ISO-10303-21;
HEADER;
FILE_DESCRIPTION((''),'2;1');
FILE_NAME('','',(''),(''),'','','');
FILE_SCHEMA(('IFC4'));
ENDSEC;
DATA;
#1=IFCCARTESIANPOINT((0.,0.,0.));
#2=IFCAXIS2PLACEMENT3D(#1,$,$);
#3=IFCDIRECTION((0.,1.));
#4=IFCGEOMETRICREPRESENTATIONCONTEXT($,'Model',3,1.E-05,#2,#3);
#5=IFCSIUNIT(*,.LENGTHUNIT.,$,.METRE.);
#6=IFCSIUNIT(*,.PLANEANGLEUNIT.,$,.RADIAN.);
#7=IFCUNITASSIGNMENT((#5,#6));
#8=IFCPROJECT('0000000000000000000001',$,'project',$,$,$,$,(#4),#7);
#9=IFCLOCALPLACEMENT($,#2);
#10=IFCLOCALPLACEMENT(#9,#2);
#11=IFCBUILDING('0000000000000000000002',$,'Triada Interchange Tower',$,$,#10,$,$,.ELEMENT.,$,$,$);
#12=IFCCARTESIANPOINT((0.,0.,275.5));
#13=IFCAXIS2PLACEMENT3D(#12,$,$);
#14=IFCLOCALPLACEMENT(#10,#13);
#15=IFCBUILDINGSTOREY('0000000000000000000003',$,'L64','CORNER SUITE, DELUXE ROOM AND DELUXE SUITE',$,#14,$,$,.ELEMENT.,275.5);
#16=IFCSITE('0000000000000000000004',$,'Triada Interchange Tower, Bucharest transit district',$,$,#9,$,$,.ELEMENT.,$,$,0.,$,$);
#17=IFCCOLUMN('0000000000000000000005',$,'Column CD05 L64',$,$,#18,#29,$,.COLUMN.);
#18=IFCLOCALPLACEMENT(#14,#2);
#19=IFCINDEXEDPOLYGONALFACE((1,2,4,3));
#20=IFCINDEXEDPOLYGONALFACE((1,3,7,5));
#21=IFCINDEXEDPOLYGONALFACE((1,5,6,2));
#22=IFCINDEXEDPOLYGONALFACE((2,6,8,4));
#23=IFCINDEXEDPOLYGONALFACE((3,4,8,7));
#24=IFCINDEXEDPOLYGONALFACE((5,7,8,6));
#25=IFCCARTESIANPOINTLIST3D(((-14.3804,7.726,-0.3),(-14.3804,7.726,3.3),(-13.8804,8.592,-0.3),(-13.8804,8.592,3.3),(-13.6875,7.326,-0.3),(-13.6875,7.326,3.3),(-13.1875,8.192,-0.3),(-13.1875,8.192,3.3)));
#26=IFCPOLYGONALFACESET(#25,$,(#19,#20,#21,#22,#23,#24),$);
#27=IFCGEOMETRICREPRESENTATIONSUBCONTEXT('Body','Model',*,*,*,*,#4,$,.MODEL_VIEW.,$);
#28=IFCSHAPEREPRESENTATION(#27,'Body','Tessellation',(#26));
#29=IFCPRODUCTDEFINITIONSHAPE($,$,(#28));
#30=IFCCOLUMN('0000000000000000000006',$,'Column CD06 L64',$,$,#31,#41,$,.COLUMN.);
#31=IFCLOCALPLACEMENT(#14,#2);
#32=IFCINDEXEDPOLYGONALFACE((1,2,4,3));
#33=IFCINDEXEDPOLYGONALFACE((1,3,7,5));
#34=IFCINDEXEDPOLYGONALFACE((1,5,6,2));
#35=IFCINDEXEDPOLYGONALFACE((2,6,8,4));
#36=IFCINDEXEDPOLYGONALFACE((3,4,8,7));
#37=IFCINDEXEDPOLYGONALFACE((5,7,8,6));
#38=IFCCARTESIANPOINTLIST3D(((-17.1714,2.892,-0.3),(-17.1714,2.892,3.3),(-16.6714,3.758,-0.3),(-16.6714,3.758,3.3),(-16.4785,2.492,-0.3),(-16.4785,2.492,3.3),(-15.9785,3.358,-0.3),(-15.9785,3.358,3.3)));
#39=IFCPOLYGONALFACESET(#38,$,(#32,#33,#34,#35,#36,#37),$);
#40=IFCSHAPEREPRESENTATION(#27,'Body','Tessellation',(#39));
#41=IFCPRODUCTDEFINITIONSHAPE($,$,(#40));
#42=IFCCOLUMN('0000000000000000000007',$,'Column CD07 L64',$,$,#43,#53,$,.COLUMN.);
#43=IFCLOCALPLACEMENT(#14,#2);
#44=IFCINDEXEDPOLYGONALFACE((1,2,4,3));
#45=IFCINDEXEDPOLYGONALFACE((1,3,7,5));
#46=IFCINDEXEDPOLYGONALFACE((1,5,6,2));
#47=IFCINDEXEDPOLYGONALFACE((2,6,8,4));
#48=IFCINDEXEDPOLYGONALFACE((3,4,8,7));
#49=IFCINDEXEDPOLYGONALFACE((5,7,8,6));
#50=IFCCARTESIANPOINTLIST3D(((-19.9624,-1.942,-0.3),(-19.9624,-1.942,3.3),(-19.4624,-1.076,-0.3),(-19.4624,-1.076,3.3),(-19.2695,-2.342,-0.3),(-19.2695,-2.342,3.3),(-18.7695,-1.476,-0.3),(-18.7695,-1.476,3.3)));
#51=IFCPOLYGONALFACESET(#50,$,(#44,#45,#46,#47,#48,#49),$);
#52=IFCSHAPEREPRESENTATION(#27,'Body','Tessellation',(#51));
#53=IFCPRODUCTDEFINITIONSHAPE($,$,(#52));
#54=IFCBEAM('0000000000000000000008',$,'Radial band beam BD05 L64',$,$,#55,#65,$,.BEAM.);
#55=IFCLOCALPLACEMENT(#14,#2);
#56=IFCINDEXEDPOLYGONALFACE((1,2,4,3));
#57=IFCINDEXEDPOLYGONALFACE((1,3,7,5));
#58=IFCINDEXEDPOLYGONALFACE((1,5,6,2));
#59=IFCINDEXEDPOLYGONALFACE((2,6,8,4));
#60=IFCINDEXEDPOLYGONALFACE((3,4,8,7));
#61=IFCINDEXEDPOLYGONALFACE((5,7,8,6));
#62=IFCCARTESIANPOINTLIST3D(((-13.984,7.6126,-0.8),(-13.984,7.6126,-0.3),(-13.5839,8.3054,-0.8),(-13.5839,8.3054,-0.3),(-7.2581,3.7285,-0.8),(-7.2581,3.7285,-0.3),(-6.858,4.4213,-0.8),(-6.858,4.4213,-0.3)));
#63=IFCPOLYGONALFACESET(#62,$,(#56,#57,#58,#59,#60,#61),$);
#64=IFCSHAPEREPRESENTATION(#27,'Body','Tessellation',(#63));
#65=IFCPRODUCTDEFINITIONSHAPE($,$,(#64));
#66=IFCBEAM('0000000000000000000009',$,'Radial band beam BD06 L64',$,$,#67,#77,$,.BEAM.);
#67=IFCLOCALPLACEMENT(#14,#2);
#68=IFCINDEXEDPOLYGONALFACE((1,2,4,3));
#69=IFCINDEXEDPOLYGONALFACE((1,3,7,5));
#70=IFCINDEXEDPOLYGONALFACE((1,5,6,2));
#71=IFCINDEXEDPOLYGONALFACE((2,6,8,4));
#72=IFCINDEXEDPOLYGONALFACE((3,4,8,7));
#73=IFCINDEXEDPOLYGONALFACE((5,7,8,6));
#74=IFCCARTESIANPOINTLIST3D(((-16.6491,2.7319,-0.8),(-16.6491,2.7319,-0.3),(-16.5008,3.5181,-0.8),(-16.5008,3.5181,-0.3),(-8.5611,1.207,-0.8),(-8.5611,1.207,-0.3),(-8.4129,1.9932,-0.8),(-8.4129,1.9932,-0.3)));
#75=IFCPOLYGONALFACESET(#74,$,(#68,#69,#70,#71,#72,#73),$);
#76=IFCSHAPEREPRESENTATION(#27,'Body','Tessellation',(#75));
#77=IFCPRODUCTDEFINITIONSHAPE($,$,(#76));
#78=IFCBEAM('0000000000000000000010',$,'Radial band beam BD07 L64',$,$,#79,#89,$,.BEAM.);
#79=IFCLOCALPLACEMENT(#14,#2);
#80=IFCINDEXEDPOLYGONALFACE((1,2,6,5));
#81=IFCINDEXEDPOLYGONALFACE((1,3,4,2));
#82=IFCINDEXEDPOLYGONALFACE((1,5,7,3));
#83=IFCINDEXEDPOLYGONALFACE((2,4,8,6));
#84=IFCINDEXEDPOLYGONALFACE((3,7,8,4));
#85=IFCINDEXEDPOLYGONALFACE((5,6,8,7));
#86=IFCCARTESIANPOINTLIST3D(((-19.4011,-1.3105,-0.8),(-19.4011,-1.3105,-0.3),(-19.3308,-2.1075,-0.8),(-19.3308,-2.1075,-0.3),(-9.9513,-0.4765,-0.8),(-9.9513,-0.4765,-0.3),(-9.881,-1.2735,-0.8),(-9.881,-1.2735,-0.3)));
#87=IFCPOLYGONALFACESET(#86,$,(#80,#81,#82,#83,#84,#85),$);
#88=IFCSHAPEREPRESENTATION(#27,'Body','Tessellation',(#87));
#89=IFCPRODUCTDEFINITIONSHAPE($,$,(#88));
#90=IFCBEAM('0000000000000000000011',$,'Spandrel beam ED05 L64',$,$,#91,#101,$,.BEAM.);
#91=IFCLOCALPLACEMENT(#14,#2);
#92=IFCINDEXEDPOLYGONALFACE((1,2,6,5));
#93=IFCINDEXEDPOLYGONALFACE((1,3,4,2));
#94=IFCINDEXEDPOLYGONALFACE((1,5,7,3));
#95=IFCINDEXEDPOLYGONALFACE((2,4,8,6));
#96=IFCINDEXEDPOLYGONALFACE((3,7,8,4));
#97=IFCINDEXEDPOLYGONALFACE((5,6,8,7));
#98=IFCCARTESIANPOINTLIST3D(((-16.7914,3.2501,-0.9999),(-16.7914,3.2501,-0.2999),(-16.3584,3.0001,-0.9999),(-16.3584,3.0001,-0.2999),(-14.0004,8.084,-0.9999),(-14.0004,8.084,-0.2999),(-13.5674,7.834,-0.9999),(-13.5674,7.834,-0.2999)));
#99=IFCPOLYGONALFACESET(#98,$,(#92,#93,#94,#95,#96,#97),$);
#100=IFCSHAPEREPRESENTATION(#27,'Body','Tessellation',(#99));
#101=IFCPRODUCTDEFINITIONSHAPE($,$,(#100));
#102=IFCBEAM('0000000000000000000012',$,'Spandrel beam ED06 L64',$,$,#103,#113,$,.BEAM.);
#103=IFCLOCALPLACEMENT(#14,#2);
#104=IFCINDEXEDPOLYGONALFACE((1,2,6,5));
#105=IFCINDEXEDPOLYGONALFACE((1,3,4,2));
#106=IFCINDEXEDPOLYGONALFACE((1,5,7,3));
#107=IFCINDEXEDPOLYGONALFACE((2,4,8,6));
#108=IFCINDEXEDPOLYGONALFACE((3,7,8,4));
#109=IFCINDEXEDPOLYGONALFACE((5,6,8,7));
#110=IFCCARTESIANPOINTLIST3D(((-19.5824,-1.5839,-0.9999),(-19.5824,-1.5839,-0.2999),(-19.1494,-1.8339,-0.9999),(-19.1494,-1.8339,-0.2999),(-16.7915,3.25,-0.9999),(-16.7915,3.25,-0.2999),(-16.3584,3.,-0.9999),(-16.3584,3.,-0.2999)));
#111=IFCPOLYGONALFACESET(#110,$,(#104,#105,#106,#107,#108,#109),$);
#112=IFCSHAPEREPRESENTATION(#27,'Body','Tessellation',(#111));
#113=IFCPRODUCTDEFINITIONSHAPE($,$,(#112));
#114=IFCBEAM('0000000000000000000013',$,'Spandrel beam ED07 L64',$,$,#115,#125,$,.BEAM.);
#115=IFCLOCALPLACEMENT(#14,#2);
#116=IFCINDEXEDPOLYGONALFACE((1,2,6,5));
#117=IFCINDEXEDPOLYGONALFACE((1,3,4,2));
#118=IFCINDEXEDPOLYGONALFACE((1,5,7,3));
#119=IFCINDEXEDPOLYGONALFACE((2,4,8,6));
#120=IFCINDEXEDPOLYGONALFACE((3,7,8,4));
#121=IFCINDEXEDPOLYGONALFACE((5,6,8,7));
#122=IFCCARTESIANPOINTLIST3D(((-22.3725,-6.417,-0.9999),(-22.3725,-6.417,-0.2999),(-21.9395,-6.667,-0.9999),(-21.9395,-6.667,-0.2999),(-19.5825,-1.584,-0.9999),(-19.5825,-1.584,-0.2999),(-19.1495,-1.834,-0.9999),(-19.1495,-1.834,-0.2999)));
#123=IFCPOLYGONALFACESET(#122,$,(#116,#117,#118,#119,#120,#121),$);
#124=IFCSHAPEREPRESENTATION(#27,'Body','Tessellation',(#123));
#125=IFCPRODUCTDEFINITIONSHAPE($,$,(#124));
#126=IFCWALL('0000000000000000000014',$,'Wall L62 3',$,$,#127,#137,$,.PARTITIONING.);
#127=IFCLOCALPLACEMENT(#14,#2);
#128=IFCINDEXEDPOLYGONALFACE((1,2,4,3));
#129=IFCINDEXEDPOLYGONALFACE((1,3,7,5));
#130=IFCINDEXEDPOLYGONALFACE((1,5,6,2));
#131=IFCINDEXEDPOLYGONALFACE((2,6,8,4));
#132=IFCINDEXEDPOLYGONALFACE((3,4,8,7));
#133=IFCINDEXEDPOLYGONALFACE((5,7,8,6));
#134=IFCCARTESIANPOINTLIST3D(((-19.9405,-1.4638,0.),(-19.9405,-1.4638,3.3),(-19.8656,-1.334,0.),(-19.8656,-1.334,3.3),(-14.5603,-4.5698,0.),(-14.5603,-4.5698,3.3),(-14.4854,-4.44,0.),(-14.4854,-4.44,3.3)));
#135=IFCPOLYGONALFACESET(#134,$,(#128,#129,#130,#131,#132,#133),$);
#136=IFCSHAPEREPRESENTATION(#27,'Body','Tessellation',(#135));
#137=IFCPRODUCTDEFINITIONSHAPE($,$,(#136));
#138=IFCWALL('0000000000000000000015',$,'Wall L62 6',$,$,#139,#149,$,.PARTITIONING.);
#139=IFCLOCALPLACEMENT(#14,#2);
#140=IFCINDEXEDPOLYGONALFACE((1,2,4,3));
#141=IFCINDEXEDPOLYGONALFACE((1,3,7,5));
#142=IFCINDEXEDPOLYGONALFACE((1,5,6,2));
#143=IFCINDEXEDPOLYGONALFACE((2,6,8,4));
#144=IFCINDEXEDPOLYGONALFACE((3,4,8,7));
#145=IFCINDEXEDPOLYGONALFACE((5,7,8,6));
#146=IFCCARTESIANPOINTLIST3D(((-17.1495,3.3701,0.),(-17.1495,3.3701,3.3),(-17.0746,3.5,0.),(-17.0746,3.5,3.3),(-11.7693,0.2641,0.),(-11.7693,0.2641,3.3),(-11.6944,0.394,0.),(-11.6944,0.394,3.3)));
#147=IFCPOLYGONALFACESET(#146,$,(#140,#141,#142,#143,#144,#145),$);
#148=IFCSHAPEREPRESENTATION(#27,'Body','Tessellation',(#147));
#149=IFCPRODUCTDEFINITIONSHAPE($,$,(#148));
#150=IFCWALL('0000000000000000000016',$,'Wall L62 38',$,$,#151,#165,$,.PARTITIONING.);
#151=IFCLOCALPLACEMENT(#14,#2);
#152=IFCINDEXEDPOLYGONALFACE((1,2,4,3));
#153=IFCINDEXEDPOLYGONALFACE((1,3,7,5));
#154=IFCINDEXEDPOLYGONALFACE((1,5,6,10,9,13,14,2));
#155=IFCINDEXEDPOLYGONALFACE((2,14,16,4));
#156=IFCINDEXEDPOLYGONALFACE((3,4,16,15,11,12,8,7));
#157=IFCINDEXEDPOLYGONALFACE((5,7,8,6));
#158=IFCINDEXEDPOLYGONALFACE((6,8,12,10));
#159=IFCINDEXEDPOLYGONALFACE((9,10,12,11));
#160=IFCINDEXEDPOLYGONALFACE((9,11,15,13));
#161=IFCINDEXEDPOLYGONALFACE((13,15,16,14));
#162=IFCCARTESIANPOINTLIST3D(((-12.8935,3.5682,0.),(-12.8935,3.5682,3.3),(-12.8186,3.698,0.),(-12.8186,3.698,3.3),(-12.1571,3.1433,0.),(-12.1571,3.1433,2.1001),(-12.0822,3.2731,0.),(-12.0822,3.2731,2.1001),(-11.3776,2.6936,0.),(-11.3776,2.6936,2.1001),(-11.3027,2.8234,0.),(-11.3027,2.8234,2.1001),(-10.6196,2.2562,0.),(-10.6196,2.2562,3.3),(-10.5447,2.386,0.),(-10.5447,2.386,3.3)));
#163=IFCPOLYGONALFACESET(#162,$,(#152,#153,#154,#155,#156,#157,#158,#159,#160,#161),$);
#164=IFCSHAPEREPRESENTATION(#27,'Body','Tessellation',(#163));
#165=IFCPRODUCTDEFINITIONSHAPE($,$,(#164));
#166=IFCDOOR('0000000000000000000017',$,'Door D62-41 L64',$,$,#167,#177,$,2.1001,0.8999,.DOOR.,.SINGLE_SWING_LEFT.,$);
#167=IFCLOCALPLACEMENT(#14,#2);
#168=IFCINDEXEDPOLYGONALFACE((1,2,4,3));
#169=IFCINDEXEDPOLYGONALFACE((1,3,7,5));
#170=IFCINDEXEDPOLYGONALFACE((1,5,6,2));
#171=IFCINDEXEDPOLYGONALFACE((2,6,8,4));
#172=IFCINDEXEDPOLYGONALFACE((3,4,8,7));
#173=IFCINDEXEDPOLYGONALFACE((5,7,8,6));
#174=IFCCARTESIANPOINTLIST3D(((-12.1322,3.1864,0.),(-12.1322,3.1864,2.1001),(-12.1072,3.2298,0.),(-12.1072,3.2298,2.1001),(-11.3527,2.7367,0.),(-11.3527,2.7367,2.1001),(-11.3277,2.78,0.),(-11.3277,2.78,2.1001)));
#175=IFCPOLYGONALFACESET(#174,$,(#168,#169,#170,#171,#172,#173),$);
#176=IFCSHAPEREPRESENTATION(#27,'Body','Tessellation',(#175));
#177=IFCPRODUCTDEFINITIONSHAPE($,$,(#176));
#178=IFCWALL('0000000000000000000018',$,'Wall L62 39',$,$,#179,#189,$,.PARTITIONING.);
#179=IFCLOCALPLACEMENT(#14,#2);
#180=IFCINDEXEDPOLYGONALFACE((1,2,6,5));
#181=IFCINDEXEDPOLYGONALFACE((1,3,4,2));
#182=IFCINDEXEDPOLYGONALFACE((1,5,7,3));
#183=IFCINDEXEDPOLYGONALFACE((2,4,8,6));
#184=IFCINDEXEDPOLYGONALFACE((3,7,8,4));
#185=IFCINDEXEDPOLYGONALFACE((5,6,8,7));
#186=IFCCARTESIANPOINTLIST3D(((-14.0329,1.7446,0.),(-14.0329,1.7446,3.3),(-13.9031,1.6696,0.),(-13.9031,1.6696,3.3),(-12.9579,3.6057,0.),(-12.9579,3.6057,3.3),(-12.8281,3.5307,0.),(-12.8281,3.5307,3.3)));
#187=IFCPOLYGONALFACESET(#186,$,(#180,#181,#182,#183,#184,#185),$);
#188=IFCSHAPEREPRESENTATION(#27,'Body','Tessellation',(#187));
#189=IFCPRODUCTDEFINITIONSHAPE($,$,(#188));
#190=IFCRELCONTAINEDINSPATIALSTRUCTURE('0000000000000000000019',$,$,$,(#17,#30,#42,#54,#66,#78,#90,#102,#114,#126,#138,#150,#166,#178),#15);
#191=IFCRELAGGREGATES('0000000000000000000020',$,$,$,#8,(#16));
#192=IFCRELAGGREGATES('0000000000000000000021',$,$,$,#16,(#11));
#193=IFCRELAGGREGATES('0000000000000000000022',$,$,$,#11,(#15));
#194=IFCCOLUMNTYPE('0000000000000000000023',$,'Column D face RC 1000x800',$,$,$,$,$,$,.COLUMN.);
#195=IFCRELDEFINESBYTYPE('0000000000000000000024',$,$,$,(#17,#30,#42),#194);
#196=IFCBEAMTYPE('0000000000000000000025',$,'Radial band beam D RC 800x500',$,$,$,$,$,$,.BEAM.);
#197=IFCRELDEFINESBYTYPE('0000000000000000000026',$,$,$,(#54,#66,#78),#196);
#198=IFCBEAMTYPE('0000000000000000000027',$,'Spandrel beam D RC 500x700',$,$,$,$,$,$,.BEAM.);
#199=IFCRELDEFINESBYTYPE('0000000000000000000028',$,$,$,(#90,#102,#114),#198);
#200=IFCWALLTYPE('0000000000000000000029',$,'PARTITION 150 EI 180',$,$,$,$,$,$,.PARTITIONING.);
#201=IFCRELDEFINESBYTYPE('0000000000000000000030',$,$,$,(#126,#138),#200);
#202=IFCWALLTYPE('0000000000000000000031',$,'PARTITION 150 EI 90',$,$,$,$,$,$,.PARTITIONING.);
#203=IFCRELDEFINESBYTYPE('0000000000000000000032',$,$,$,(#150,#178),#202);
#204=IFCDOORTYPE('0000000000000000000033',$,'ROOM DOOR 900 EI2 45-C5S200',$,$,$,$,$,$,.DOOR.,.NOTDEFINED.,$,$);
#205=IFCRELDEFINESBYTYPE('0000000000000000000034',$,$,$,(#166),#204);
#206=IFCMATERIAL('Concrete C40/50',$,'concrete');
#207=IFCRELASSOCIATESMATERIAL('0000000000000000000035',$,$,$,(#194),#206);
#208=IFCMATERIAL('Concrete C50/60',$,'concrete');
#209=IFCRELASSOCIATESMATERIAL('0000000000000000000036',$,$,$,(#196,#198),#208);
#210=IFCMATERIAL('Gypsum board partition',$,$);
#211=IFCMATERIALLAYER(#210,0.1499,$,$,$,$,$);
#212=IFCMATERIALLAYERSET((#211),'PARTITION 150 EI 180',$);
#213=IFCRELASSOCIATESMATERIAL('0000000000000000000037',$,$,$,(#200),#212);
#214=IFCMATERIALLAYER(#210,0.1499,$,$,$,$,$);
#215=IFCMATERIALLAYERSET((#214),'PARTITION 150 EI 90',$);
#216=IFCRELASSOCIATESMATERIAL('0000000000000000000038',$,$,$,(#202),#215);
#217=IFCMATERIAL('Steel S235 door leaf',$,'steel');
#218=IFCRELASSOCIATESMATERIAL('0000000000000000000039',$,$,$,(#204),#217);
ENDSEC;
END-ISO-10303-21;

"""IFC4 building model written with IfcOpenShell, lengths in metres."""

from ifc_helpers import new_model, si_unit, direction, frame, frame_2d, origin, origin_2d, place, context, subcontext, project, spatial, rectangle, extrude, material, layer, layer_set, material_profile, profile_set, type_object, element, fill, save


model = new_model("IFC4")

# Units and contexts
model_context = context("Model", 3, precision=1e-05, world=origin(), true_north=direction((0.0, 1.0)))
body_context = subcontext(model_context, "Body", "Model", "MODEL_VIEW")
ifc_project = project(units=[si_unit("LENGTHUNIT", "METRE"), si_unit("PLANEANGLEUNIT", "RADIAN")], contexts=[model_context])

# Site, building, storey
site_placement = place(None, origin())
site = spatial("IfcSite", under=ifc_project, at=site_placement, Name="Triada Interchange Tower, Bucharest transit district", CompositionType="ELEMENT", RefElevation=0.0)
building_placement = place(site_placement, origin())
building = spatial("IfcBuilding", under=site, at=building_placement, Name="Triada Interchange Tower", CompositionType="ELEMENT")
storey_placement = place(building_placement, frame((0.0, 0.0, 275.5)))
storey = spatial("IfcBuildingStorey", under=building, at=storey_placement, Name="L64", Description="CORNER SUITE, DELUXE ROOM AND DELUXE SUITE", CompositionType="ELEMENT", Elevation=275.5)

# Columns
ifc_material_1 = material(Name="Concrete C40/50", Category="concrete")
ifc_material_profile_1 = material_profile(ifc_material_1, rectangle(XDim=1.0, YDim=0.8, at=origin_2d()), Name="RC 1000x800")
ifc_profile_set_1 = profile_set([ifc_material_profile_1], Name="Concrete C40/50")
column_type = type_object("IfcColumnType", Name="Column D face RC 1000x800", PredefinedType="COLUMN", material=ifc_profile_set_1)
for number, where, z_axis, x_axis, name in (
    (1, (-13.7839, 7.959, -0.3), (0.0, 0.0, 1.0), (0.5, 0.866025, 0.0), "Column CD05 L64"),
    (2, (-16.575, 3.125, -0.3), (0.0, 0.0, 1.0), (0.5, 0.866025, 0.0), "Column CD06 L64"),
    (3, (-19.366, -1.709, -0.3), (0.0, 0.0, 1.0), (0.5, 0.866025, 0.0), "Column CD07 L64"),
):
    element("IfcColumn", number, at=place(storey_placement, frame(where, z_axis=z_axis, x_axis=x_axis)), inside=storey, type_object=column_type, Name=name, PredefinedType="COLUMN", context=body_context, shape_type="SweptSolid", body=[
        extrude(rectangle(XDim=1.0, YDim=0.8, at=origin_2d()), origin(), (0.0, 0.0, 1.0), 3.6001),
    ])

# Beams
ifc_material_2 = material(Name="Concrete C50/60", Category="concrete")
ifc_material_profile_2 = material_profile(ifc_material_2, rectangle(XDim=0.8, YDim=0.5, at=origin_2d()), Name="RC 800x500")
ifc_profile_set_2 = profile_set([ifc_material_profile_2], Name="Concrete C50/60")
beam_type_1 = type_object("IfcBeamType", Name="Radial band beam D RC 800x500", PredefinedType="BEAM", material=ifc_profile_set_2)
beam_1_placement = place(storey_placement, frame((-13.7839, 7.959, -0.55), z_axis=(0.865977, -0.500084, 0.0), x_axis=(0.500084, 0.865977, 0.0)))
element("IfcBeam", 4, at=beam_1_placement, inside=storey, type_object=beam_type_1, Name="Radial band beam BD05 L64", PredefinedType="BEAM", context=body_context, shape_type="SweptSolid", body=[
    extrude(rectangle(XDim=0.8, YDim=0.5, at=origin_2d()), origin(), (0.0, 0.0, 1.0), 7.7668),
])
beam_2_placement = place(storey_placement, frame((-16.575, 3.125, -0.55), z_axis=(0.982686, -0.185277, 0.0), x_axis=(0.185277, 0.982686, 0.0)))
element("IfcBeam", 5, at=beam_2_placement, inside=storey, type_object=beam_type_1, Name="Radial band beam BD06 L64", PredefinedType="BEAM", context=body_context, shape_type="SweptSolid", body=[
    extrude(rectangle(XDim=0.8, YDim=0.5, at=origin_2d()), origin(), (0.0, 0.0, 1.0), 8.2305),
])
beam_3_placement = place(storey_placement, frame((-19.366, -1.709, -0.55), z_axis=(0.996128, 0.087911, 0.0), x_axis=(-0.087911, 0.996128, 0.0)))
element("IfcBeam", 6, at=beam_3_placement, inside=storey, type_object=beam_type_1, Name="Radial band beam BD07 L64", PredefinedType="BEAM", context=body_context, shape_type="SweptSolid", body=[
    extrude(rectangle(XDim=0.8, YDim=0.5, at=origin_2d()), origin(), (0.0, 0.0, 1.0), 9.4866),
])
ifc_material_profile_3 = material_profile(ifc_material_2, rectangle(XDim=0.5, YDim=0.7, at=origin_2d()), Name="RC 500x700")
ifc_profile_set_3 = profile_set([ifc_material_profile_3], Name="Concrete C50/60")
beam_type_2 = type_object("IfcBeamType", Name="Spandrel beam D RC 500x700", PredefinedType="BEAM", material=ifc_profile_set_3)
for number, where, z_axis, x_axis, name in (
    (7, (-13.7839, 7.959, -0.6499), (-0.500015, -0.866017, 0.0), (0.866017, -0.500015, 0.0), "Spandrel beam ED05 L64"),
    (8, (-16.575, 3.125, -0.6499), (-0.500015, -0.866017, 0.0), (0.866017, -0.500015, 0.0), "Spandrel beam ED06 L64"),
):
    element("IfcBeam", number, at=place(storey_placement, frame(where, z_axis=z_axis, x_axis=x_axis)), inside=storey, type_object=beam_type_2, Name=name, PredefinedType="BEAM", context=body_context, shape_type="SweptSolid", body=[
        extrude(rectangle(XDim=0.5, YDim=0.7, at=origin_2d()), origin(), (0.0, 0.0, 1.0), 5.5818),
    ])
beam_4_placement = place(storey_placement, frame((-19.366, -1.709, -0.6499), z_axis=(-0.49996, -0.866049, 0.0), x_axis=(0.866049, -0.49996, 0.0)))
element("IfcBeam", 9, at=beam_4_placement, inside=storey, type_object=beam_type_2, Name="Spandrel beam ED07 L64", PredefinedType="BEAM", context=body_context, shape_type="SweptSolid", body=[
    extrude(rectangle(XDim=0.5, YDim=0.7, at=origin_2d()), origin(), (0.0, 0.0, 1.0), 5.5806),
])

# Walls
ifc_material_3 = material(Name="Gypsum board partition")
ifc_layer_1 = layer(ifc_material_3, 0.1499)
ifc_layer_set_1 = layer_set([ifc_layer_1], Name="PARTITION 150 EI 180")
wall_type_1 = type_object("IfcWallType", Name="PARTITION 150 EI 180", PredefinedType="PARTITIONING", material=ifc_layer_set_1)
for number, where, z_axis, x_axis, name in (
    (10, (-19.9031, -1.3989, 0.0), (0.0, 0.0, 1.0), (0.866044, -0.499969, 0.0), "Wall L62 3"),
    (11, (-17.1121, 3.4351, 0.0), (0.0, 0.0, 1.0), (0.866044, -0.499969, 0.0), "Wall L62 6"),
):
    element("IfcWall", number, at=place(storey_placement, frame(where, z_axis=z_axis, x_axis=x_axis)), inside=storey, type_object=wall_type_1, Name=name, PredefinedType="PARTITIONING", context=body_context, shape_type="SweptSolid", body=[
        extrude(rectangle(XDim=6.2124, YDim=0.1499, at=frame_2d((3.1062, 0.0))), origin(), (0.0, 0.0, 1.0), 3.3),
    ])

# Wall, opening, door
ifc_layer_2 = layer(ifc_material_3, 0.1499)
ifc_layer_set_2 = layer_set([ifc_layer_2], Name="PARTITION 150 EI 90")
wall_type_2 = type_object("IfcWallType", Name="PARTITION 150 EI 90", PredefinedType="PARTITIONING", material=ifc_layer_set_2)
wall_1_placement = place(storey_placement, frame((-12.856, 3.6331, 0.0), z_axis=(0.0, 0.0, 1.0), x_axis=(0.866164, -0.49976, 0.0)))
wall_1 = element("IfcWall", 12, at=wall_1_placement, inside=storey, type_object=wall_type_2, Name="Wall L62 38", PredefinedType="PARTITIONING", context=body_context, shape_type="SweptSolid", body=[
    extrude(rectangle(XDim=2.6252, YDim=0.1499, at=frame_2d((1.3125, 0.0))), origin(), (0.0, 0.0, 1.0), 3.3),
])
opening_1_placement = place(wall_1_placement, frame((0.8501, 0.0, 0.0)))
opening_1 = element("IfcOpeningElement", 13, at=opening_1_placement, cuts=wall_1, PredefinedType="OPENING", context=body_context, shape_type="SweptSolid", body=[
    extrude(rectangle(XDim=0.8999, YDim=2.1001, at=frame_2d((0.45, 1.05))), frame((0.0, 0.085, 0.0), z_axis=(0.0, -1.0, 0.0), x_axis=(1.0, 0.0, 0.0)), (0.0, 0.0, 1.0), 0.1699),
])
ifc_material_4 = material(Name="Steel S235 door leaf", Category="steel")
door_type = type_object("IfcDoorType", Name="ROOM DOOR 900 EI2 45-C5S200", OperationType="NOTDEFINED", PredefinedType="DOOR", material=ifc_material_4)
door_1_placement = place(opening_1_placement, origin())
door_1 = element("IfcDoor", 14, at=door_1_placement, inside=storey, type_object=door_type, Name="Door D62-41 L64", OperationType="SINGLE_SWING_LEFT", OverallHeight=2.1001, OverallWidth=0.8999, PredefinedType="DOOR", context=body_context, shape_type="SweptSolid", body=[
    extrude(rectangle(XDim=0.8999, YDim=2.1001, at=frame_2d((0.45, 1.05))), frame((0.0, 0.0249, 0.0), z_axis=(0.0, -1.0, 0.0), x_axis=(1.0, 0.0, 0.0)), (0.0, 0.0, 1.0), 0.05),
])
fill(opening_1, door_1)

# Wall
wall_2_placement = place(storey_placement, frame((-13.968, 1.707, 0.0), z_axis=(0.0, 0.0, 1.0), x_axis=(0.500158, 0.865934, 0.0)))
element("IfcWall", 15, at=wall_2_placement, inside=storey, type_object=wall_type_2, Name="Wall L62 39", PredefinedType="PARTITIONING", context=body_context, shape_type="SweptSolid", body=[
    extrude(rectangle(XDim=2.1492, YDim=0.1499, at=frame_2d((1.0747, 0.0))), origin(), (0.0, 0.0, 1.0), 3.3),
])

save(model, "model.ifc")
